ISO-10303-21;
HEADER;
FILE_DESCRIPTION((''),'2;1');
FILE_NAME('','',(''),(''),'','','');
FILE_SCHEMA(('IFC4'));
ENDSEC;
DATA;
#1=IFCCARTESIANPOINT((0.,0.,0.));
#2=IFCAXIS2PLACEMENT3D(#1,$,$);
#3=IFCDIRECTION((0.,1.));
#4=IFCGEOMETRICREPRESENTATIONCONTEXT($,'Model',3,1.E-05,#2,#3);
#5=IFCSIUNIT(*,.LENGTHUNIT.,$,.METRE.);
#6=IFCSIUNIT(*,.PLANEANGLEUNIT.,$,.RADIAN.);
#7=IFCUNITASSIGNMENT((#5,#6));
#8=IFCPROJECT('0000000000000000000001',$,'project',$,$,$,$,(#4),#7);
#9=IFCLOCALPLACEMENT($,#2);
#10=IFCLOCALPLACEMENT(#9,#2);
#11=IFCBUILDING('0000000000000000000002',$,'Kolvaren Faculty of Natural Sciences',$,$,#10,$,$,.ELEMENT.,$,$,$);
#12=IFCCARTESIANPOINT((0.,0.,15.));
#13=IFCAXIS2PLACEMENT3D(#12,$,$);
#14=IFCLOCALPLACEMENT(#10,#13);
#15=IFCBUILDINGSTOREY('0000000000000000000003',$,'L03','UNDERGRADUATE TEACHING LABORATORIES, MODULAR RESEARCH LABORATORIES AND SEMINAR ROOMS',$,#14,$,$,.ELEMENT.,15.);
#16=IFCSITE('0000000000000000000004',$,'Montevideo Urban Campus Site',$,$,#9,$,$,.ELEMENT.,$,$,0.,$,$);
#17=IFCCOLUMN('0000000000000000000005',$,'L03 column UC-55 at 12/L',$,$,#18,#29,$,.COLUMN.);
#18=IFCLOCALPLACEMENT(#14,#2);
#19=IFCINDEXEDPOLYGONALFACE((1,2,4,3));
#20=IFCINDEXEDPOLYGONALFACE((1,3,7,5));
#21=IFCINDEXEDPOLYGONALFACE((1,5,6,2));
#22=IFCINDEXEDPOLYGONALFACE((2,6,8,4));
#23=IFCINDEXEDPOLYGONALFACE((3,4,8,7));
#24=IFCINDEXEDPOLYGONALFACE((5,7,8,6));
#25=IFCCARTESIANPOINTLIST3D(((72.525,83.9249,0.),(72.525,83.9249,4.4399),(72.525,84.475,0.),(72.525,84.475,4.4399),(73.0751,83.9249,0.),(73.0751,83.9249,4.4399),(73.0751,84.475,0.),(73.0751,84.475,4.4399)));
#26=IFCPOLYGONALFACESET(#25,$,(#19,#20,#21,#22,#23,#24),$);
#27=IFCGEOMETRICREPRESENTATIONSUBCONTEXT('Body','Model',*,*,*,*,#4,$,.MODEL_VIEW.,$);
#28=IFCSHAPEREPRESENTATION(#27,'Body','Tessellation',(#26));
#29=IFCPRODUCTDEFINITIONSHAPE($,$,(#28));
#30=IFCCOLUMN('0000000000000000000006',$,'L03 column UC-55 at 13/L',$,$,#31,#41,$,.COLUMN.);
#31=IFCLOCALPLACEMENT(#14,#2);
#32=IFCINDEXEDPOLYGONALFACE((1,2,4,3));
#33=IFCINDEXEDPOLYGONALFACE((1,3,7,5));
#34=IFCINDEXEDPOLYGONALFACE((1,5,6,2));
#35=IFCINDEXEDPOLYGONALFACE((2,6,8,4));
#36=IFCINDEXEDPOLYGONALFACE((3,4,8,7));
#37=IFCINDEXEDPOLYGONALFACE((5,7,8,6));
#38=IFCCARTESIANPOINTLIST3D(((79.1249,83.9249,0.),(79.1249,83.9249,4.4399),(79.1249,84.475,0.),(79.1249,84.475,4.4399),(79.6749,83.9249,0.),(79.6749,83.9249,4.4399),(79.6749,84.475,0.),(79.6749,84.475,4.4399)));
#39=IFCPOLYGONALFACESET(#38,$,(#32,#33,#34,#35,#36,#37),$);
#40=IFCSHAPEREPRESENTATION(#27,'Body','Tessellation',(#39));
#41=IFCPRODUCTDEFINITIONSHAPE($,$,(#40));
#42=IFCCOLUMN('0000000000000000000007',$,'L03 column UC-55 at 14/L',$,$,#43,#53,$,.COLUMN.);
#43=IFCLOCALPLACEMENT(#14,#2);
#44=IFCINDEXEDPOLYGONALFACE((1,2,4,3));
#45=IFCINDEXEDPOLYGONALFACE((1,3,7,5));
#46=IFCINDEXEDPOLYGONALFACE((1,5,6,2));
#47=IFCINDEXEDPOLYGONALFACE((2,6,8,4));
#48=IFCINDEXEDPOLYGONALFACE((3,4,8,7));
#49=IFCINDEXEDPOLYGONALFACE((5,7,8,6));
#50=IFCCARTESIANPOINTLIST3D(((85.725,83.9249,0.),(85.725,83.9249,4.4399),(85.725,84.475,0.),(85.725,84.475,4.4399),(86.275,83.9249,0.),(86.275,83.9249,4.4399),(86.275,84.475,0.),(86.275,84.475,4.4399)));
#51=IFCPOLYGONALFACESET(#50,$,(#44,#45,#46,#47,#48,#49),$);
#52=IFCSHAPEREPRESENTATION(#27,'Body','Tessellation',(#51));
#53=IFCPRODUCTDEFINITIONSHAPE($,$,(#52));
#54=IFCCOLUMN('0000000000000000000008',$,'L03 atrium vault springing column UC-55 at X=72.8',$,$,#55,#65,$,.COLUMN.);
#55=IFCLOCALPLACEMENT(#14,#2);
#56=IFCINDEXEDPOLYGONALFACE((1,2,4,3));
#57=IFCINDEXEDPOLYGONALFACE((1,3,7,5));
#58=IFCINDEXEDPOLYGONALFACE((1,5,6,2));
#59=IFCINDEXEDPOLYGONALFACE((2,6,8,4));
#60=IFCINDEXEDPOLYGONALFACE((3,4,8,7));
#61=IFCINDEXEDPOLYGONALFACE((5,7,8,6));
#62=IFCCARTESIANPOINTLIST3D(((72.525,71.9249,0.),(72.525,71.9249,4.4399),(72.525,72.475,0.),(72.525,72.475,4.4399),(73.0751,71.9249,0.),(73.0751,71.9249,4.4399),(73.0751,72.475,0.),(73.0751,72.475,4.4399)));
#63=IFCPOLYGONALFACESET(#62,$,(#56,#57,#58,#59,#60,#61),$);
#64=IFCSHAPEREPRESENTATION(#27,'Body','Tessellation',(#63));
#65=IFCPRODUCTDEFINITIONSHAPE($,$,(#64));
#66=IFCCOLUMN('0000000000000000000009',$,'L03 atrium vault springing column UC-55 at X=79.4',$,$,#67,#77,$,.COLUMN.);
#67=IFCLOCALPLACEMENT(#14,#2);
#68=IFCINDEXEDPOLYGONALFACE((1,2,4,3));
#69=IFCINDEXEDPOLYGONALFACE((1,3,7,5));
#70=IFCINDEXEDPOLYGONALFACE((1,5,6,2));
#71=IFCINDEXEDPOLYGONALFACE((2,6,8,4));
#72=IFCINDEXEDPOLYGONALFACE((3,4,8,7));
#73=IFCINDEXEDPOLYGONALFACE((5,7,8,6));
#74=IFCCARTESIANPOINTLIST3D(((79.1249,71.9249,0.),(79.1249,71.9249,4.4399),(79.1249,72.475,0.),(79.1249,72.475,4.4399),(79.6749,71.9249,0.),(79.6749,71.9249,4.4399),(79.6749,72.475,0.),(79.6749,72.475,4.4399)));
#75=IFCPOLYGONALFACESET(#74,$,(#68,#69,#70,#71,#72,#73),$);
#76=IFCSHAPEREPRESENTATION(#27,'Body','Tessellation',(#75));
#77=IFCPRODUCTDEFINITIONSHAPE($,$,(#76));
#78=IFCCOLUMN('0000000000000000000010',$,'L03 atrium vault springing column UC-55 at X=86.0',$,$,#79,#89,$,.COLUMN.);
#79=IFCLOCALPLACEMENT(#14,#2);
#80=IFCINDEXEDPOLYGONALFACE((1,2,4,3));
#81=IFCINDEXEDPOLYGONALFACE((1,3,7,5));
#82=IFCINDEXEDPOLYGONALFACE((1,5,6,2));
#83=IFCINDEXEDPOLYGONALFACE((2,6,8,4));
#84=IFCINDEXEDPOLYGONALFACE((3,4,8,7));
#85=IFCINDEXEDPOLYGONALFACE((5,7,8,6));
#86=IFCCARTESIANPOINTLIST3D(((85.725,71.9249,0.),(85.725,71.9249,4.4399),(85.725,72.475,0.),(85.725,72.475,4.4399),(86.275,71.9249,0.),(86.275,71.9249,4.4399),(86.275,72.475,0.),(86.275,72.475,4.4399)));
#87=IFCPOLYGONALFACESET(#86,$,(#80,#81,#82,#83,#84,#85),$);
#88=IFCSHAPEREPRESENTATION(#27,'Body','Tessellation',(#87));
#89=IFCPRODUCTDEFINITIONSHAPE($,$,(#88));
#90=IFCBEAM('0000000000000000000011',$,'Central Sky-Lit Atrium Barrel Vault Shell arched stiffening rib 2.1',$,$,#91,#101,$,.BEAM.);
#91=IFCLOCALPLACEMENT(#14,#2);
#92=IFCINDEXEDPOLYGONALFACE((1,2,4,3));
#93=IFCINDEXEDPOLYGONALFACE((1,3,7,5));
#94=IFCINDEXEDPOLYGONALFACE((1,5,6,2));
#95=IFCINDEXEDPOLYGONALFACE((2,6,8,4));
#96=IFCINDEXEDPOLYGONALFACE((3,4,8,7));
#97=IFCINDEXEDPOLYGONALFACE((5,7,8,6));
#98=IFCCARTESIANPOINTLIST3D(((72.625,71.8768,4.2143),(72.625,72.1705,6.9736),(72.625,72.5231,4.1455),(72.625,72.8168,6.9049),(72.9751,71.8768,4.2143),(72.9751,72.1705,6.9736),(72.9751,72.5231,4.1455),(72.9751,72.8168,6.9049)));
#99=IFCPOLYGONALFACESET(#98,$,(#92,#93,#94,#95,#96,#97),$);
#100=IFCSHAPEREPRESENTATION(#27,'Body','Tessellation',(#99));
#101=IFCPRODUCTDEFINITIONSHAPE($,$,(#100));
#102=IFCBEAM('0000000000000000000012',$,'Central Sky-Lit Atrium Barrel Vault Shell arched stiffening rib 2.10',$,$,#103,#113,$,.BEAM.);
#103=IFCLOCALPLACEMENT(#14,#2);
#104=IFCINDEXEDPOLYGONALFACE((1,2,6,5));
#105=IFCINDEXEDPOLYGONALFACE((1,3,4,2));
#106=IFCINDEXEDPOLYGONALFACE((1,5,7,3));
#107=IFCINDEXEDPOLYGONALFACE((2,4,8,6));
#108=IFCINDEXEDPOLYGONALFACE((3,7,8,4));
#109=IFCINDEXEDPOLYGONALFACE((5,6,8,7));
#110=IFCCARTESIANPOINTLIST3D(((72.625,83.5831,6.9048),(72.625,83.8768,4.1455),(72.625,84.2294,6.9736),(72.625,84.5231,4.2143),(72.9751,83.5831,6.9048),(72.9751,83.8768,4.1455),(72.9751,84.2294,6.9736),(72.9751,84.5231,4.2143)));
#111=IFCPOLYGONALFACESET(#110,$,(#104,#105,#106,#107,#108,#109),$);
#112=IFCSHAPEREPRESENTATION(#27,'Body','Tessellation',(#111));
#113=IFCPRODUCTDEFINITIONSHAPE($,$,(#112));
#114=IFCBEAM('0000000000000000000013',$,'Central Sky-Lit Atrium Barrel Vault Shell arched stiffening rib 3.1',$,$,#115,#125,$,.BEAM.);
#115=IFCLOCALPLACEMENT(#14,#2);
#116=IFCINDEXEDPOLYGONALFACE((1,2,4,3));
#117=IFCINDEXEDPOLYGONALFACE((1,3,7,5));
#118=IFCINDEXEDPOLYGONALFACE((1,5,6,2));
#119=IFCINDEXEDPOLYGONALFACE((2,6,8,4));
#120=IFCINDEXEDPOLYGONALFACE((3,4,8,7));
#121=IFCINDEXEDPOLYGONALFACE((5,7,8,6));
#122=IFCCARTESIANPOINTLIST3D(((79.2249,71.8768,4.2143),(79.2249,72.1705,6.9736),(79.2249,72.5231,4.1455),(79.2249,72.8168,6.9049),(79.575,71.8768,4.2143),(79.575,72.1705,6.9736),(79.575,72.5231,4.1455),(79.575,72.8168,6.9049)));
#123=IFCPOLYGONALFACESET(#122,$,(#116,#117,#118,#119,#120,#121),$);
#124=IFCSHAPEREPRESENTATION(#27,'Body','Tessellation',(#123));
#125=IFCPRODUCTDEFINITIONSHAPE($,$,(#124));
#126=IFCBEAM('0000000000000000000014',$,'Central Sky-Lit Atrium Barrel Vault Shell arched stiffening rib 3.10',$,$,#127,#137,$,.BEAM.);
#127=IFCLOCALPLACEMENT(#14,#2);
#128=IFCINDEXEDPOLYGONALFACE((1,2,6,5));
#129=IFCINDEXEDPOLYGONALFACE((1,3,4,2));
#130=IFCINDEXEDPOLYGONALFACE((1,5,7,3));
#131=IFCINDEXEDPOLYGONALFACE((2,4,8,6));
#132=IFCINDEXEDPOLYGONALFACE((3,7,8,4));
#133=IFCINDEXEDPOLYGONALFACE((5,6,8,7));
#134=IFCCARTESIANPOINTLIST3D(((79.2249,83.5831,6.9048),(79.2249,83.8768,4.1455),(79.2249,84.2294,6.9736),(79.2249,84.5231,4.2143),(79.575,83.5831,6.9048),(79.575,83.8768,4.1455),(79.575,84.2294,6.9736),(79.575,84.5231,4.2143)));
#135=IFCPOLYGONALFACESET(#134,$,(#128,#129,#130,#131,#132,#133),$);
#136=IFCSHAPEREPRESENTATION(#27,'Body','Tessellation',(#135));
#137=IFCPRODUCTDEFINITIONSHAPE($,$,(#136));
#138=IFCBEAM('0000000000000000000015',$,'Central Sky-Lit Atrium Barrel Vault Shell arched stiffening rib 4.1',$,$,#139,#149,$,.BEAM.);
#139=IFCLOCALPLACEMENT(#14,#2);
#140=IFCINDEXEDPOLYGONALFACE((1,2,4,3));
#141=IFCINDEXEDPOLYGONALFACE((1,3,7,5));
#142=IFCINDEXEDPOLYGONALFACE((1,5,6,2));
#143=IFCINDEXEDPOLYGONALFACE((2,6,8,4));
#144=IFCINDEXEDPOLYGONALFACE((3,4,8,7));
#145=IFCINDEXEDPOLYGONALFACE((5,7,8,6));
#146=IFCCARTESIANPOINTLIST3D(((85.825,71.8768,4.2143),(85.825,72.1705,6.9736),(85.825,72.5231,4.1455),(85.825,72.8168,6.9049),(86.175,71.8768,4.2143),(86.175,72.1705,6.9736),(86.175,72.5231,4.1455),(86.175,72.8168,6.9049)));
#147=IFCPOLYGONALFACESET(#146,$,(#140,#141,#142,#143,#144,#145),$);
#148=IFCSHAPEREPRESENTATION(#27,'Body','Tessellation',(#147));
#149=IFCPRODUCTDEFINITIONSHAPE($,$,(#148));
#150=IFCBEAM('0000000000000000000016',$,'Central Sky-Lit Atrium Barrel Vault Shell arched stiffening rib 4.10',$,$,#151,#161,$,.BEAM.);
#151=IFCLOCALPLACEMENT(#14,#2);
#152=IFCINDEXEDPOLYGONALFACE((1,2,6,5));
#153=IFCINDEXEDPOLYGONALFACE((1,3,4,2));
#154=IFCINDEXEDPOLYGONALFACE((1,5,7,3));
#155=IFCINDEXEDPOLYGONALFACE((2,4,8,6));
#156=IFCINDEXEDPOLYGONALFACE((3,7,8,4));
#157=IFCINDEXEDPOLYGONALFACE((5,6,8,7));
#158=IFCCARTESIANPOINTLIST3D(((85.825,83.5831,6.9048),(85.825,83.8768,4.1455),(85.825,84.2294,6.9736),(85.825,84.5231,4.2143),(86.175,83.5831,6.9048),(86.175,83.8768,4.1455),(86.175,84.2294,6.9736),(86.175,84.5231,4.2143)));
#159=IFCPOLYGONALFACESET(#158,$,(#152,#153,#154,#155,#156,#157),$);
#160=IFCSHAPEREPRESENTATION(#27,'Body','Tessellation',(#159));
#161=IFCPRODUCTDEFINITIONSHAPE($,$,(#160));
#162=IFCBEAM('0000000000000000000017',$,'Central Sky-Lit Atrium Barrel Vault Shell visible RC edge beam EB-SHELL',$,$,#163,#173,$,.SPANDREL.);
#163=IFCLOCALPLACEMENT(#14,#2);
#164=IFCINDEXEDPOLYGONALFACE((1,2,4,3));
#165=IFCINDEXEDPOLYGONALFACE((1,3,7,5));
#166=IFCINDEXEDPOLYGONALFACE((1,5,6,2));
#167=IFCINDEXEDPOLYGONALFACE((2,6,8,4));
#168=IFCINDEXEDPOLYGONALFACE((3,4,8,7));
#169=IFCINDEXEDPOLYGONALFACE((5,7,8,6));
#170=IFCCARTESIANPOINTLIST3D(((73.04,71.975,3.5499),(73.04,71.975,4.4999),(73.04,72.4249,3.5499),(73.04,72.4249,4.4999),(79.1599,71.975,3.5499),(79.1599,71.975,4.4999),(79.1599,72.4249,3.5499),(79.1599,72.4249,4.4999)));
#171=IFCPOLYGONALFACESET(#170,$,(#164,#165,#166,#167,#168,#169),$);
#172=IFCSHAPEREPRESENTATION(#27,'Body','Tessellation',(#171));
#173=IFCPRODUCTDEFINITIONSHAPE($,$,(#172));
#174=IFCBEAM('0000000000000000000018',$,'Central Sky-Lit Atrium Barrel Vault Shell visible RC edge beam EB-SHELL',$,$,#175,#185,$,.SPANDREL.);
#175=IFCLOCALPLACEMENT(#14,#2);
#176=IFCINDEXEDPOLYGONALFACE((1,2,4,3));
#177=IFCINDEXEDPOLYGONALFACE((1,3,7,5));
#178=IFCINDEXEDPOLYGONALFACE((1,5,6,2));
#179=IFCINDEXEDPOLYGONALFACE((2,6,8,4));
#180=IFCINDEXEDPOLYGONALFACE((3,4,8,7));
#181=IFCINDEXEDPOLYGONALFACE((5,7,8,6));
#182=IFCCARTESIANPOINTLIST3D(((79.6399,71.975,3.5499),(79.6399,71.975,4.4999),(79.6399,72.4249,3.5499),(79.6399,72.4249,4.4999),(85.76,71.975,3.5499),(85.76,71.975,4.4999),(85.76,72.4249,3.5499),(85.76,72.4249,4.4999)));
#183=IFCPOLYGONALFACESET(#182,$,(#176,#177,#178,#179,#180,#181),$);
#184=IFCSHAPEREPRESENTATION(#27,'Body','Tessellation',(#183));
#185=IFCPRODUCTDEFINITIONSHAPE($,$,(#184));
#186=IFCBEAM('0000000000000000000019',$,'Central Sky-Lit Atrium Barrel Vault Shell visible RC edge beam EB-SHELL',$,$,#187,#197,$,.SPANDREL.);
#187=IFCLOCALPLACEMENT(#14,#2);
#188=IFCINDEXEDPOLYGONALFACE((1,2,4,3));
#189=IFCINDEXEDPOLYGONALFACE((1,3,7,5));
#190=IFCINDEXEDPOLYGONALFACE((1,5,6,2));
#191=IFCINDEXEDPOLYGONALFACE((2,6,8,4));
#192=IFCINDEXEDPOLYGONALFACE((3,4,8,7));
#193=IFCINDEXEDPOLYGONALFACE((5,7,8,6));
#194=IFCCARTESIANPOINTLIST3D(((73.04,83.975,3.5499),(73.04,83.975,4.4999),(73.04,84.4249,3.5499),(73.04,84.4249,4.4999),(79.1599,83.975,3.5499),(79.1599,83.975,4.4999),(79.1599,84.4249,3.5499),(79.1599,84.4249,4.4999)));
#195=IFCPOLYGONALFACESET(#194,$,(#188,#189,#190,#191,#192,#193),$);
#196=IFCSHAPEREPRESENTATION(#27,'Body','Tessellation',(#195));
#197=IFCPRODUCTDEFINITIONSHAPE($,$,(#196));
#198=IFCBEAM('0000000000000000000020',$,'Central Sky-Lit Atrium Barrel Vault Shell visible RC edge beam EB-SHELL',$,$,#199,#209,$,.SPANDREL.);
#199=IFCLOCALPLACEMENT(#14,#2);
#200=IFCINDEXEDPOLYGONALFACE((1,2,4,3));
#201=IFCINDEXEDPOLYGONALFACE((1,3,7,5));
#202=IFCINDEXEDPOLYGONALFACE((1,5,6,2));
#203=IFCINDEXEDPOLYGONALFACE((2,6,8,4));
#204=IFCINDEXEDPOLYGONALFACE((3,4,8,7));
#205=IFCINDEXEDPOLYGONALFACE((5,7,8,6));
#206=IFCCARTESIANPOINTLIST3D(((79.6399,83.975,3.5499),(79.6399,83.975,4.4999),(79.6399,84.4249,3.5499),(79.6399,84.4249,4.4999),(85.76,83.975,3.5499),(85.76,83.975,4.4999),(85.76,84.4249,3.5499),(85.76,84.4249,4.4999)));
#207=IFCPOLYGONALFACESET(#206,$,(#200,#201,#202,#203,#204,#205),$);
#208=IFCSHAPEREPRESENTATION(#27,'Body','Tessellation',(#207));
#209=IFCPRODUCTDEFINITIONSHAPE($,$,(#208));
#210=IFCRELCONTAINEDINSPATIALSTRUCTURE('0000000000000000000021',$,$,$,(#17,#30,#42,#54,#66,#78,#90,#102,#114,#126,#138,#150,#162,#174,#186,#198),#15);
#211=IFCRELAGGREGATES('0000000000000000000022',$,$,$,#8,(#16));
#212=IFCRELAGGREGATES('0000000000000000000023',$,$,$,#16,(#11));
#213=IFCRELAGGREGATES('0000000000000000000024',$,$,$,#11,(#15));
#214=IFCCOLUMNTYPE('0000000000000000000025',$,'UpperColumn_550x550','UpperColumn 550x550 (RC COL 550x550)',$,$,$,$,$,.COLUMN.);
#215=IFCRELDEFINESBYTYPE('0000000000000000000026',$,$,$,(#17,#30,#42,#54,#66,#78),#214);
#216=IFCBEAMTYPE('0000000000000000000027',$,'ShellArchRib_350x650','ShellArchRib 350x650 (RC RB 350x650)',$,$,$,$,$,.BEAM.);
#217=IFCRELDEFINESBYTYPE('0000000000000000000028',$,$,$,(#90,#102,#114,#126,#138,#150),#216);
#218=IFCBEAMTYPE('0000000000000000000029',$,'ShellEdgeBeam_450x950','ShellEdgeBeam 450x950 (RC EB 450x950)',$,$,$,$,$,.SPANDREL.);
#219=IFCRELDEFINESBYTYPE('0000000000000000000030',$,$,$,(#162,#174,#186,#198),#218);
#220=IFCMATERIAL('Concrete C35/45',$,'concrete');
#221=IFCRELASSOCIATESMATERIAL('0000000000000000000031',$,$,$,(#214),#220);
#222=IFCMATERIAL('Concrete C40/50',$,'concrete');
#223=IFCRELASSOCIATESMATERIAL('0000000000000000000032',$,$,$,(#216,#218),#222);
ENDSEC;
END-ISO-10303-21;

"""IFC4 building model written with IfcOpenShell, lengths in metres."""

from ifc_helpers import new_model, si_unit, direction, frame, origin, origin_2d, place, context, subcontext, project, spatial, rectangle, extrude, material, material_profile, profile_set, type_object, element, save


model = new_model("IFC4")

# Units and contexts
model_context = context("Model", 3, precision=1e-05, world=origin(), true_north=direction((0.0, 1.0)))
body_context = subcontext(model_context, "Body", "Model", "MODEL_VIEW")
ifc_project = project(units=[si_unit("LENGTHUNIT", "METRE"), si_unit("PLANEANGLEUNIT", "RADIAN")], contexts=[model_context])

# Site, building, storey
site_placement = place(None, origin())
site = spatial("IfcSite", under=ifc_project, at=site_placement, Name="Montevideo Urban Campus Site", CompositionType="ELEMENT", RefElevation=0.0)
building_placement = place(site_placement, origin())
building = spatial("IfcBuilding", under=site, at=building_placement, Name="Kolvaren Faculty of Natural Sciences", CompositionType="ELEMENT")
storey_placement = place(building_placement, frame((0.0, 0.0, 15.0)))
storey = spatial("IfcBuildingStorey", under=building, at=storey_placement, Name="L03", Description="UNDERGRADUATE TEACHING LABORATORIES, MODULAR RESEARCH LABORATORIES AND SEMINAR ROOMS", CompositionType="ELEMENT", Elevation=15.0)

# Columns
ifc_material_1 = material(Name="Concrete C35/45", Category="concrete")
ifc_material_profile_1 = material_profile(ifc_material_1, rectangle(XDim=0.55, YDim=0.55, at=origin_2d()), Name="RC COL 550x550")
ifc_profile_set_1 = profile_set([ifc_material_profile_1], Name="Concrete C35/45")
column_type = type_object("IfcColumnType", Name="UpperColumn_550x550", Description="UpperColumn 550x550 (RC COL 550x550)", PredefinedType="COLUMN", material=ifc_profile_set_1)
for number, where, z_axis, x_axis, name in (
    (1, (72.8, 84.2, 0.0), (0.0, 0.0, 1.0), (1.0, 0.0, 0.0), "L03 column UC-55 at 12/L"),
    (2, (79.3999, 84.2, 0.0), (0.0, 0.0, 1.0), (1.0, 0.0, 0.0), "L03 column UC-55 at 13/L"),
    (3, (86.0, 84.2, 0.0), (0.0, 0.0, 1.0), (1.0, 0.0, 0.0), "L03 column UC-55 at 14/L"),
    (4, (72.8, 72.2, 0.0), (0.0, 0.0, 1.0), (1.0, 0.0, 0.0), "L03 atrium vault springing column UC-55 at X=72.8"),
    (5, (79.3999, 72.2, 0.0), (0.0, 0.0, 1.0), (1.0, 0.0, 0.0), "L03 atrium vault springing column UC-55 at X=79.4"),
    (6, (86.0, 72.2, 0.0), (0.0, 0.0, 1.0), (1.0, 0.0, 0.0), "L03 atrium vault springing column UC-55 at X=86.0"),
):
    element("IfcColumn", number, at=place(storey_placement, frame(where, z_axis=z_axis, x_axis=x_axis)), inside=storey, type_object=column_type, Name=name, PredefinedType="COLUMN", context=body_context, shape_type="SweptSolid", body=[
        extrude(rectangle(XDim=0.55, YDim=0.55, at=origin_2d()), origin(), (0.0, 0.0, 1.0), 4.4399),
    ])

# Beams
ifc_material_2 = material(Name="Concrete C40/50", Category="concrete")
ifc_material_profile_2 = material_profile(ifc_material_2, rectangle(XDim=0.3501, YDim=0.6499, at=origin_2d()), Name="RC RB 350x650")
ifc_profile_set_2 = profile_set([ifc_material_profile_2], Name="Concrete C40/50")
beam_type_1 = type_object("IfcBeamType", Name="ShellArchRib_350x650", Description="ShellArchRib 350x650 (RC RB 350x650)", PredefinedType="BEAM", material=ifc_profile_set_2)
for number, where, z_axis, x_axis, name in (
    (7, (72.8, 72.2, 4.1799), (0.0, 0.105843, 0.994383), (-1.0, 0.0, 0.0), "Central Sky-Lit Atrium Barrel Vault Shell arched stiffening rib 2.1"),
    (8, (72.8, 83.9062, 6.9392), (0.0, 0.105843, -0.994383), (-1.0, 0.0, 0.0), "Central Sky-Lit Atrium Barrel Vault Shell arched stiffening rib 2.10"),
    (9, (79.3999, 72.2, 4.1799), (0.0, 0.105843, 0.994383), (-1.0, 0.0, 0.0), "Central Sky-Lit Atrium Barrel Vault Shell arched stiffening rib 3.1"),
    (10, (79.3999, 83.9062, 6.9392), (0.0, 0.105843, -0.994383), (-1.0, 0.0, 0.0), "Central Sky-Lit Atrium Barrel Vault Shell arched stiffening rib 3.10"),
    (11, (86.0, 72.2, 4.1799), (0.0, 0.105843, 0.994383), (-1.0, 0.0, 0.0), "Central Sky-Lit Atrium Barrel Vault Shell arched stiffening rib 4.1"),
    (12, (86.0, 83.9062, 6.9392), (0.0, 0.105843, -0.994383), (-1.0, 0.0, 0.0), "Central Sky-Lit Atrium Barrel Vault Shell arched stiffening rib 4.10"),
):
    element("IfcBeam", number, at=place(storey_placement, frame(where, z_axis=z_axis, x_axis=x_axis)), inside=storey, type_object=beam_type_1, Name=name, PredefinedType="BEAM", context=body_context, shape_type="SweptSolid", body=[
        extrude(rectangle(XDim=0.3501, YDim=0.6499, at=origin_2d()), origin(), (0.0, 0.0, 1.0), 2.7749),
    ])
ifc_material_profile_3 = material_profile(ifc_material_2, rectangle(XDim=0.45, YDim=0.95, at=origin_2d()), Name="RC EB 450x950")
ifc_profile_set_3 = profile_set([ifc_material_profile_3], Name="Concrete C40/50")
beam_type_2 = type_object("IfcBeamType", Name="ShellEdgeBeam_450x950", Description="ShellEdgeBeam 450x950 (RC EB 450x950)", PredefinedType="SPANDREL", material=ifc_profile_set_3)
beam_1_placement = place(storey_placement, frame((73.04, 72.2, 4.0249), z_axis=(1.0, 0.0, 0.0), x_axis=(0.0, 1.0, 0.0)))
element("IfcBeam", 13, at=beam_1_placement, inside=storey, type_object=beam_type_2, Name="Central Sky-Lit Atrium Barrel Vault Shell visible RC edge beam EB-SHELL", PredefinedType="SPANDREL", context=body_context, shape_type="SweptSolid", body=[
    extrude(rectangle(XDim=0.45, YDim=0.95, at=origin_2d()), origin(), (0.0, 0.0, 1.0), 6.1199),
])
beam_2_placement = place(storey_placement, frame((79.6399, 72.2, 4.0249), z_axis=(1.0, 0.0, 0.0), x_axis=(0.0, 1.0, 0.0)))
element("IfcBeam", 14, at=beam_2_placement, inside=storey, type_object=beam_type_2, Name="Central Sky-Lit Atrium Barrel Vault Shell visible RC edge beam EB-SHELL", PredefinedType="SPANDREL", context=body_context, shape_type="SweptSolid", body=[
    extrude(rectangle(XDim=0.45, YDim=0.95, at=origin_2d()), origin(), (0.0, 0.0, 1.0), 6.1201),
])
beam_3_placement = place(storey_placement, frame((73.04, 84.2, 4.0249), z_axis=(1.0, 0.0, 0.0), x_axis=(0.0, 1.0, 0.0)))
element("IfcBeam", 15, at=beam_3_placement, inside=storey, type_object=beam_type_2, Name="Central Sky-Lit Atrium Barrel Vault Shell visible RC edge beam EB-SHELL", PredefinedType="SPANDREL", context=body_context, shape_type="SweptSolid", body=[
    extrude(rectangle(XDim=0.45, YDim=0.95, at=origin_2d()), origin(), (0.0, 0.0, 1.0), 6.1199),
])
beam_4_placement = place(storey_placement, frame((79.6399, 84.2, 4.0249), z_axis=(1.0, 0.0, 0.0), x_axis=(0.0, 1.0, 0.0)))
element("IfcBeam", 16, at=beam_4_placement, inside=storey, type_object=beam_type_2, Name="Central Sky-Lit Atrium Barrel Vault Shell visible RC edge beam EB-SHELL", PredefinedType="SPANDREL", context=body_context, shape_type="SweptSolid", body=[
    extrude(rectangle(XDim=0.45, YDim=0.95, at=origin_2d()), origin(), (0.0, 0.0, 1.0), 6.1201),
])

save(model, "model.ifc")
